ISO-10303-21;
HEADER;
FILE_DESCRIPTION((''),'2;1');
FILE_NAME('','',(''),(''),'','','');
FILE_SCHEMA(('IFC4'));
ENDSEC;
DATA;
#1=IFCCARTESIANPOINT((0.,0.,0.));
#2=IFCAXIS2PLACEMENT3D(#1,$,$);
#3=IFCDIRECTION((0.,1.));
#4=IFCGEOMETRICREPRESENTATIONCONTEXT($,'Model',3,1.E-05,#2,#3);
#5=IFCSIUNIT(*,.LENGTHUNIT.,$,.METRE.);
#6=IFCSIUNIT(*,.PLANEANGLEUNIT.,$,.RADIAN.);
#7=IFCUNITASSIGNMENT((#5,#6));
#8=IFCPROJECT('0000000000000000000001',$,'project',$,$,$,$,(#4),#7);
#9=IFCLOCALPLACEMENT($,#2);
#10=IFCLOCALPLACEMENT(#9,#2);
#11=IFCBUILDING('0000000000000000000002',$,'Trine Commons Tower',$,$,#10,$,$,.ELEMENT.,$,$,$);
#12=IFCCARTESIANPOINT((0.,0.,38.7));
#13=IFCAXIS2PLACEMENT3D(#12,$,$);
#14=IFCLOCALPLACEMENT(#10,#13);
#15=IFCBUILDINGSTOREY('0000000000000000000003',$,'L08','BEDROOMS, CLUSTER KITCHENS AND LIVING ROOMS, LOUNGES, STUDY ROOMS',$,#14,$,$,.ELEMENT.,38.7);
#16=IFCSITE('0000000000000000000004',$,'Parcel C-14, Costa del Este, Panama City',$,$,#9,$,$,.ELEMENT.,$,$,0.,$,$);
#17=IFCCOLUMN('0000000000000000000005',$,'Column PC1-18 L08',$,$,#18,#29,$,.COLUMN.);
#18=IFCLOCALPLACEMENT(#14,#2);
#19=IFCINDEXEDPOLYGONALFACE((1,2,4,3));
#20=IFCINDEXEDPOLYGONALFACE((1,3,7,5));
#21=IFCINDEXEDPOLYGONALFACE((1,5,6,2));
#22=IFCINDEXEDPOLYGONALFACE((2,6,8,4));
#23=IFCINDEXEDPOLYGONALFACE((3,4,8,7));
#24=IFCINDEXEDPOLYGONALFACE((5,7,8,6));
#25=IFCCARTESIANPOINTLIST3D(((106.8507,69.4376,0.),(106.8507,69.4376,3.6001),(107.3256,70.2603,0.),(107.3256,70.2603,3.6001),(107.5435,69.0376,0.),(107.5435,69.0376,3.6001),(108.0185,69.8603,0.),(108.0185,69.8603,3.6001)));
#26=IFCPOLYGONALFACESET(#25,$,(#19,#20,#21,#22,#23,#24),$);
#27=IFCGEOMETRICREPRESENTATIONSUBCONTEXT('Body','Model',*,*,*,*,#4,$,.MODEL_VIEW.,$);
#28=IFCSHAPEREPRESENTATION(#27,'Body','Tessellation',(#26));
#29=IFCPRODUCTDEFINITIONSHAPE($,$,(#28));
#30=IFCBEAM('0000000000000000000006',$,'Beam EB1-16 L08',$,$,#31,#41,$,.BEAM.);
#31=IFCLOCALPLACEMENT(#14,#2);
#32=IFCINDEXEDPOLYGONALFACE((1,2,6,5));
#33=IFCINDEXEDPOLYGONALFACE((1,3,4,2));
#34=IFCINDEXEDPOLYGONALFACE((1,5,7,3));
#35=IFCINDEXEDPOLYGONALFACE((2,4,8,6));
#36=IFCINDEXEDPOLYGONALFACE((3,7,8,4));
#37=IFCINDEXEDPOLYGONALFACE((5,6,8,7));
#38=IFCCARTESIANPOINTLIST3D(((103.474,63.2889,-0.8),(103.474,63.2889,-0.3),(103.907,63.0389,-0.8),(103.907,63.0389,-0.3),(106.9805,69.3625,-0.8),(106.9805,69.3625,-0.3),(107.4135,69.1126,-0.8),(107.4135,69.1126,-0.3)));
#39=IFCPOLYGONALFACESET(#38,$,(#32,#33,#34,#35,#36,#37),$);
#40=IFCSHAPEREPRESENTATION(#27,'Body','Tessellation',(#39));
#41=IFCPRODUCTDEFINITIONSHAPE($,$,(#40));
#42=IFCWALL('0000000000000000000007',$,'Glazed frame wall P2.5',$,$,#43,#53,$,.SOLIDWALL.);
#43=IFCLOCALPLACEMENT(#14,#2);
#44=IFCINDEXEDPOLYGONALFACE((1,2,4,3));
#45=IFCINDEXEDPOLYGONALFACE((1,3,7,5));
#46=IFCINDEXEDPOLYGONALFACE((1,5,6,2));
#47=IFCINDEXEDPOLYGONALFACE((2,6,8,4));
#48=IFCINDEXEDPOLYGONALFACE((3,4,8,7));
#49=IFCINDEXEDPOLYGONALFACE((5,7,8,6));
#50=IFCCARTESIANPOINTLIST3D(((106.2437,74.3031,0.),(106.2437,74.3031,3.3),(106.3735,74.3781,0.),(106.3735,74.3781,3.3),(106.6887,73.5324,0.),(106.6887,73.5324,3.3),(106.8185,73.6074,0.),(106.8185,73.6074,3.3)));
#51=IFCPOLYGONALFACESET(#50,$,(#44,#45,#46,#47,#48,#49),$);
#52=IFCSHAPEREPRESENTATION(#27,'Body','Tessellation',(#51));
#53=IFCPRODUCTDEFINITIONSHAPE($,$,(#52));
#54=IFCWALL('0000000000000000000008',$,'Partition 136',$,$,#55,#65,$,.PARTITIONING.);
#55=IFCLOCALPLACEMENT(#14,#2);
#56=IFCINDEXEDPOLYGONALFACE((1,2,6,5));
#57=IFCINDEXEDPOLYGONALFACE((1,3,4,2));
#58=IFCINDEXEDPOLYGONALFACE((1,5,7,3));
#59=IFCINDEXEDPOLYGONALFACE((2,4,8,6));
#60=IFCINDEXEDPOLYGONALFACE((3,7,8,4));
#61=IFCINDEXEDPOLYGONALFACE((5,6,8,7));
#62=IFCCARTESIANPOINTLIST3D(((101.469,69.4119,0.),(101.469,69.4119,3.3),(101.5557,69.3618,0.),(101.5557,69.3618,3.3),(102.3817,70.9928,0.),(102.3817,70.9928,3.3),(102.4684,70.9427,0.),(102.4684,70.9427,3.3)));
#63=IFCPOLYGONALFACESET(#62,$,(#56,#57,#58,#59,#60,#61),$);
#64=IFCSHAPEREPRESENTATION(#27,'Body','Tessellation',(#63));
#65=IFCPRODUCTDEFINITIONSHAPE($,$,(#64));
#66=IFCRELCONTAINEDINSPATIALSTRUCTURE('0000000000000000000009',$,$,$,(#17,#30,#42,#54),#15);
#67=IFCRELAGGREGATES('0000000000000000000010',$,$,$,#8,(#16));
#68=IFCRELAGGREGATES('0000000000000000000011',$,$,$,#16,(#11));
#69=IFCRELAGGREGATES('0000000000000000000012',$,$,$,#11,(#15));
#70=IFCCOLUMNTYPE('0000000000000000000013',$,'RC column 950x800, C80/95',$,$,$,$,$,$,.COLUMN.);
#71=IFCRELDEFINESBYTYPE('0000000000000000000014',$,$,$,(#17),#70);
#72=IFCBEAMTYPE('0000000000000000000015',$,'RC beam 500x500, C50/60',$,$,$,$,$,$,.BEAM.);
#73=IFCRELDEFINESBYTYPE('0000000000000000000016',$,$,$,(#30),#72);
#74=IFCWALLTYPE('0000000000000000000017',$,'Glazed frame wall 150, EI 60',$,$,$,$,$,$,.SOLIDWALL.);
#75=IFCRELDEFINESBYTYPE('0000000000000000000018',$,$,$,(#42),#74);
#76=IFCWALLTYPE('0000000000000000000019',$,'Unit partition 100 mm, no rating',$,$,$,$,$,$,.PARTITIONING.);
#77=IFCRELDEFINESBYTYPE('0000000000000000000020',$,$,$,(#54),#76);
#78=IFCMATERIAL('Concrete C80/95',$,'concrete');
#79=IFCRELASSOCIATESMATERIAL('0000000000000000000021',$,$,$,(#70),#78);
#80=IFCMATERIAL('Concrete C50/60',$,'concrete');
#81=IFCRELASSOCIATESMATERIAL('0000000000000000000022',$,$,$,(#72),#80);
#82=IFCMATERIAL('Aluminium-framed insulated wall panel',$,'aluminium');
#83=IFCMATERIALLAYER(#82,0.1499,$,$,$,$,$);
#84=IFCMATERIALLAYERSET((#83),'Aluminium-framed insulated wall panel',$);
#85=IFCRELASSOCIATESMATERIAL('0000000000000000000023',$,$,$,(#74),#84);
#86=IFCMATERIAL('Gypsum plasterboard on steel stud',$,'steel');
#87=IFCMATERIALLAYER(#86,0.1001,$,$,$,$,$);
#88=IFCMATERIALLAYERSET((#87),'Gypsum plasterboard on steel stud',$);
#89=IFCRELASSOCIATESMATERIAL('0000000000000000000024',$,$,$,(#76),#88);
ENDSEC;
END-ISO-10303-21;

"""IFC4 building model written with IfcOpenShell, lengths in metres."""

from ifc_helpers import new_model, si_unit, direction, frame, frame_2d, origin, origin_2d, place, context, subcontext, project, spatial, polyline, rectangle, outline, extrude, material, layer, layer_set, material_profile, profile_set, type_object, element, save


model = new_model("IFC4")

# Units and contexts
model_context = context("Model", 3, precision=1e-05, world=origin(), true_north=direction((0.0, 1.0)))
body_context = subcontext(model_context, "Body", "Model", "MODEL_VIEW")
ifc_project = project(units=[si_unit("LENGTHUNIT", "METRE"), si_unit("PLANEANGLEUNIT", "RADIAN")], contexts=[model_context])

# Site, building, storey
site_placement = place(None, origin())
site = spatial("IfcSite", under=ifc_project, at=site_placement, Name="Parcel C-14, Costa del Este, Panama City", CompositionType="ELEMENT", RefElevation=0.0)
building_placement = place(site_placement, origin())
building = spatial("IfcBuilding", under=site, at=building_placement, Name="Trine Commons Tower", CompositionType="ELEMENT")
storey_placement = place(building_placement, frame((0.0, 0.0, 38.7)))
storey = spatial("IfcBuildingStorey", under=building, at=storey_placement, Name="L08", Description="BEDROOMS, CLUSTER KITCHENS AND LIVING ROOMS, LOUNGES, STUDY ROOMS", CompositionType="ELEMENT", Elevation=38.7)

# Column
ifc_material_1 = material(Name="Concrete C80/95", Category="concrete")
ifc_material_profile_1 = material_profile(ifc_material_1, rectangle(XDim=0.95, YDim=0.8, at=origin_2d()), Name="RC 950x800")
ifc_profile_set_1 = profile_set([ifc_material_profile_1], Name="Concrete C80/95")
column_type = type_object("IfcColumnType", Name="RC column 950x800, C80/95", PredefinedType="COLUMN", material=ifc_profile_set_1)
column_placement = place(storey_placement, frame((107.4346, 69.6489, 0.0), z_axis=(0.0, 0.0, 1.0), x_axis=(0.5, 0.866025, 0.0)))
element("IfcColumn", 1, at=column_placement, inside=storey, type_object=column_type, Name="Column PC1-18 L08", PredefinedType="COLUMN", context=body_context, shape_type="SweptSolid", body=[
    extrude(rectangle(XDim=0.95, YDim=0.8, at=origin_2d()), origin(), (0.0, 0.0, 1.0), 3.6001),
])

# Beam
ifc_material_2 = material(Name="Concrete C50/60", Category="concrete")
ifc_material_profile_2 = material_profile(ifc_material_2, rectangle(XDim=0.5, YDim=0.5, at=origin_2d()), Name="RC 500x500")
ifc_profile_set_2 = profile_set([ifc_material_profile_2], Name="Concrete C50/60")
beam_type = type_object("IfcBeamType", Name="RC beam 500x500, C50/60", PredefinedType="BEAM", material=ifc_profile_set_2)
beam_placement = place(storey_placement, frame((107.197, 69.2375, -0.55), z_axis=(-0.499992, -0.86603, 0.0), x_axis=(0.86603, -0.499992, 0.0)))
element("IfcBeam", 2, at=beam_placement, inside=storey, type_object=beam_type, Name="Beam EB1-16 L08", PredefinedType="BEAM", context=body_context, shape_type="SweptSolid", body=[
    extrude(rectangle(XDim=0.5, YDim=0.5, at=origin_2d()), origin(), (0.0, 0.0, 1.0), 7.0132),
])

# Wall
ifc_material_3 = material(Name="Aluminium-framed insulated wall panel", Category="aluminium")
ifc_layer_1 = layer(ifc_material_3, 0.1499)
ifc_layer_set_1 = layer_set([ifc_layer_1], Name="Aluminium-framed insulated wall panel")
wall_type_1 = type_object("IfcWallType", Name="Glazed frame wall 150, EI 60", PredefinedType="SOLIDWALL", material=ifc_layer_set_1)
wall_1_placement = place(storey_placement, frame((106.3086, 74.3406, 0.0), z_axis=(0.0, 0.0, 1.0), x_axis=(0.500025, -0.866011, 0.0)))
element("IfcWall", 3, at=wall_1_placement, inside=storey, type_object=wall_type_1, Name="Glazed frame wall P2.5", PredefinedType="SOLIDWALL", context=body_context, shape_type="SweptSolid", body=[
    extrude(outline(polyline([(0.8899, 0.075), (0.0, 0.075), (0.0, -0.075), (0.8899, -0.075), (0.8899, 0.075)])), origin(), (0.0, 0.0, 1.0), 3.3),
])

# Wall
ifc_material_4 = material(Name="Gypsum plasterboard on steel stud", Category="steel")
ifc_layer_2 = layer(ifc_material_4, 0.1001)
ifc_layer_set_2 = layer_set([ifc_layer_2], Name="Gypsum plasterboard on steel stud")
wall_type_2 = type_object("IfcWallType", Name="Unit partition 100 mm, no rating", PredefinedType="PARTITIONING", material=ifc_layer_set_2)
wall_2_placement = place(storey_placement, frame((101.5125, 69.387, 0.0), z_axis=(0.0, 0.0, 1.0), x_axis=(0.499966, 0.866045, 0.0)))
element("IfcWall", 4, at=wall_2_placement, inside=storey, type_object=wall_type_2, Name="Partition 136", PredefinedType="PARTITIONING", context=body_context, shape_type="SweptSolid", body=[
    extrude(rectangle(XDim=1.8254, YDim=0.1001, at=frame_2d((0.9126, 0.0))), origin(), (0.0, 0.0, 1.0), 3.3),
])

save(model, "model.ifc")
